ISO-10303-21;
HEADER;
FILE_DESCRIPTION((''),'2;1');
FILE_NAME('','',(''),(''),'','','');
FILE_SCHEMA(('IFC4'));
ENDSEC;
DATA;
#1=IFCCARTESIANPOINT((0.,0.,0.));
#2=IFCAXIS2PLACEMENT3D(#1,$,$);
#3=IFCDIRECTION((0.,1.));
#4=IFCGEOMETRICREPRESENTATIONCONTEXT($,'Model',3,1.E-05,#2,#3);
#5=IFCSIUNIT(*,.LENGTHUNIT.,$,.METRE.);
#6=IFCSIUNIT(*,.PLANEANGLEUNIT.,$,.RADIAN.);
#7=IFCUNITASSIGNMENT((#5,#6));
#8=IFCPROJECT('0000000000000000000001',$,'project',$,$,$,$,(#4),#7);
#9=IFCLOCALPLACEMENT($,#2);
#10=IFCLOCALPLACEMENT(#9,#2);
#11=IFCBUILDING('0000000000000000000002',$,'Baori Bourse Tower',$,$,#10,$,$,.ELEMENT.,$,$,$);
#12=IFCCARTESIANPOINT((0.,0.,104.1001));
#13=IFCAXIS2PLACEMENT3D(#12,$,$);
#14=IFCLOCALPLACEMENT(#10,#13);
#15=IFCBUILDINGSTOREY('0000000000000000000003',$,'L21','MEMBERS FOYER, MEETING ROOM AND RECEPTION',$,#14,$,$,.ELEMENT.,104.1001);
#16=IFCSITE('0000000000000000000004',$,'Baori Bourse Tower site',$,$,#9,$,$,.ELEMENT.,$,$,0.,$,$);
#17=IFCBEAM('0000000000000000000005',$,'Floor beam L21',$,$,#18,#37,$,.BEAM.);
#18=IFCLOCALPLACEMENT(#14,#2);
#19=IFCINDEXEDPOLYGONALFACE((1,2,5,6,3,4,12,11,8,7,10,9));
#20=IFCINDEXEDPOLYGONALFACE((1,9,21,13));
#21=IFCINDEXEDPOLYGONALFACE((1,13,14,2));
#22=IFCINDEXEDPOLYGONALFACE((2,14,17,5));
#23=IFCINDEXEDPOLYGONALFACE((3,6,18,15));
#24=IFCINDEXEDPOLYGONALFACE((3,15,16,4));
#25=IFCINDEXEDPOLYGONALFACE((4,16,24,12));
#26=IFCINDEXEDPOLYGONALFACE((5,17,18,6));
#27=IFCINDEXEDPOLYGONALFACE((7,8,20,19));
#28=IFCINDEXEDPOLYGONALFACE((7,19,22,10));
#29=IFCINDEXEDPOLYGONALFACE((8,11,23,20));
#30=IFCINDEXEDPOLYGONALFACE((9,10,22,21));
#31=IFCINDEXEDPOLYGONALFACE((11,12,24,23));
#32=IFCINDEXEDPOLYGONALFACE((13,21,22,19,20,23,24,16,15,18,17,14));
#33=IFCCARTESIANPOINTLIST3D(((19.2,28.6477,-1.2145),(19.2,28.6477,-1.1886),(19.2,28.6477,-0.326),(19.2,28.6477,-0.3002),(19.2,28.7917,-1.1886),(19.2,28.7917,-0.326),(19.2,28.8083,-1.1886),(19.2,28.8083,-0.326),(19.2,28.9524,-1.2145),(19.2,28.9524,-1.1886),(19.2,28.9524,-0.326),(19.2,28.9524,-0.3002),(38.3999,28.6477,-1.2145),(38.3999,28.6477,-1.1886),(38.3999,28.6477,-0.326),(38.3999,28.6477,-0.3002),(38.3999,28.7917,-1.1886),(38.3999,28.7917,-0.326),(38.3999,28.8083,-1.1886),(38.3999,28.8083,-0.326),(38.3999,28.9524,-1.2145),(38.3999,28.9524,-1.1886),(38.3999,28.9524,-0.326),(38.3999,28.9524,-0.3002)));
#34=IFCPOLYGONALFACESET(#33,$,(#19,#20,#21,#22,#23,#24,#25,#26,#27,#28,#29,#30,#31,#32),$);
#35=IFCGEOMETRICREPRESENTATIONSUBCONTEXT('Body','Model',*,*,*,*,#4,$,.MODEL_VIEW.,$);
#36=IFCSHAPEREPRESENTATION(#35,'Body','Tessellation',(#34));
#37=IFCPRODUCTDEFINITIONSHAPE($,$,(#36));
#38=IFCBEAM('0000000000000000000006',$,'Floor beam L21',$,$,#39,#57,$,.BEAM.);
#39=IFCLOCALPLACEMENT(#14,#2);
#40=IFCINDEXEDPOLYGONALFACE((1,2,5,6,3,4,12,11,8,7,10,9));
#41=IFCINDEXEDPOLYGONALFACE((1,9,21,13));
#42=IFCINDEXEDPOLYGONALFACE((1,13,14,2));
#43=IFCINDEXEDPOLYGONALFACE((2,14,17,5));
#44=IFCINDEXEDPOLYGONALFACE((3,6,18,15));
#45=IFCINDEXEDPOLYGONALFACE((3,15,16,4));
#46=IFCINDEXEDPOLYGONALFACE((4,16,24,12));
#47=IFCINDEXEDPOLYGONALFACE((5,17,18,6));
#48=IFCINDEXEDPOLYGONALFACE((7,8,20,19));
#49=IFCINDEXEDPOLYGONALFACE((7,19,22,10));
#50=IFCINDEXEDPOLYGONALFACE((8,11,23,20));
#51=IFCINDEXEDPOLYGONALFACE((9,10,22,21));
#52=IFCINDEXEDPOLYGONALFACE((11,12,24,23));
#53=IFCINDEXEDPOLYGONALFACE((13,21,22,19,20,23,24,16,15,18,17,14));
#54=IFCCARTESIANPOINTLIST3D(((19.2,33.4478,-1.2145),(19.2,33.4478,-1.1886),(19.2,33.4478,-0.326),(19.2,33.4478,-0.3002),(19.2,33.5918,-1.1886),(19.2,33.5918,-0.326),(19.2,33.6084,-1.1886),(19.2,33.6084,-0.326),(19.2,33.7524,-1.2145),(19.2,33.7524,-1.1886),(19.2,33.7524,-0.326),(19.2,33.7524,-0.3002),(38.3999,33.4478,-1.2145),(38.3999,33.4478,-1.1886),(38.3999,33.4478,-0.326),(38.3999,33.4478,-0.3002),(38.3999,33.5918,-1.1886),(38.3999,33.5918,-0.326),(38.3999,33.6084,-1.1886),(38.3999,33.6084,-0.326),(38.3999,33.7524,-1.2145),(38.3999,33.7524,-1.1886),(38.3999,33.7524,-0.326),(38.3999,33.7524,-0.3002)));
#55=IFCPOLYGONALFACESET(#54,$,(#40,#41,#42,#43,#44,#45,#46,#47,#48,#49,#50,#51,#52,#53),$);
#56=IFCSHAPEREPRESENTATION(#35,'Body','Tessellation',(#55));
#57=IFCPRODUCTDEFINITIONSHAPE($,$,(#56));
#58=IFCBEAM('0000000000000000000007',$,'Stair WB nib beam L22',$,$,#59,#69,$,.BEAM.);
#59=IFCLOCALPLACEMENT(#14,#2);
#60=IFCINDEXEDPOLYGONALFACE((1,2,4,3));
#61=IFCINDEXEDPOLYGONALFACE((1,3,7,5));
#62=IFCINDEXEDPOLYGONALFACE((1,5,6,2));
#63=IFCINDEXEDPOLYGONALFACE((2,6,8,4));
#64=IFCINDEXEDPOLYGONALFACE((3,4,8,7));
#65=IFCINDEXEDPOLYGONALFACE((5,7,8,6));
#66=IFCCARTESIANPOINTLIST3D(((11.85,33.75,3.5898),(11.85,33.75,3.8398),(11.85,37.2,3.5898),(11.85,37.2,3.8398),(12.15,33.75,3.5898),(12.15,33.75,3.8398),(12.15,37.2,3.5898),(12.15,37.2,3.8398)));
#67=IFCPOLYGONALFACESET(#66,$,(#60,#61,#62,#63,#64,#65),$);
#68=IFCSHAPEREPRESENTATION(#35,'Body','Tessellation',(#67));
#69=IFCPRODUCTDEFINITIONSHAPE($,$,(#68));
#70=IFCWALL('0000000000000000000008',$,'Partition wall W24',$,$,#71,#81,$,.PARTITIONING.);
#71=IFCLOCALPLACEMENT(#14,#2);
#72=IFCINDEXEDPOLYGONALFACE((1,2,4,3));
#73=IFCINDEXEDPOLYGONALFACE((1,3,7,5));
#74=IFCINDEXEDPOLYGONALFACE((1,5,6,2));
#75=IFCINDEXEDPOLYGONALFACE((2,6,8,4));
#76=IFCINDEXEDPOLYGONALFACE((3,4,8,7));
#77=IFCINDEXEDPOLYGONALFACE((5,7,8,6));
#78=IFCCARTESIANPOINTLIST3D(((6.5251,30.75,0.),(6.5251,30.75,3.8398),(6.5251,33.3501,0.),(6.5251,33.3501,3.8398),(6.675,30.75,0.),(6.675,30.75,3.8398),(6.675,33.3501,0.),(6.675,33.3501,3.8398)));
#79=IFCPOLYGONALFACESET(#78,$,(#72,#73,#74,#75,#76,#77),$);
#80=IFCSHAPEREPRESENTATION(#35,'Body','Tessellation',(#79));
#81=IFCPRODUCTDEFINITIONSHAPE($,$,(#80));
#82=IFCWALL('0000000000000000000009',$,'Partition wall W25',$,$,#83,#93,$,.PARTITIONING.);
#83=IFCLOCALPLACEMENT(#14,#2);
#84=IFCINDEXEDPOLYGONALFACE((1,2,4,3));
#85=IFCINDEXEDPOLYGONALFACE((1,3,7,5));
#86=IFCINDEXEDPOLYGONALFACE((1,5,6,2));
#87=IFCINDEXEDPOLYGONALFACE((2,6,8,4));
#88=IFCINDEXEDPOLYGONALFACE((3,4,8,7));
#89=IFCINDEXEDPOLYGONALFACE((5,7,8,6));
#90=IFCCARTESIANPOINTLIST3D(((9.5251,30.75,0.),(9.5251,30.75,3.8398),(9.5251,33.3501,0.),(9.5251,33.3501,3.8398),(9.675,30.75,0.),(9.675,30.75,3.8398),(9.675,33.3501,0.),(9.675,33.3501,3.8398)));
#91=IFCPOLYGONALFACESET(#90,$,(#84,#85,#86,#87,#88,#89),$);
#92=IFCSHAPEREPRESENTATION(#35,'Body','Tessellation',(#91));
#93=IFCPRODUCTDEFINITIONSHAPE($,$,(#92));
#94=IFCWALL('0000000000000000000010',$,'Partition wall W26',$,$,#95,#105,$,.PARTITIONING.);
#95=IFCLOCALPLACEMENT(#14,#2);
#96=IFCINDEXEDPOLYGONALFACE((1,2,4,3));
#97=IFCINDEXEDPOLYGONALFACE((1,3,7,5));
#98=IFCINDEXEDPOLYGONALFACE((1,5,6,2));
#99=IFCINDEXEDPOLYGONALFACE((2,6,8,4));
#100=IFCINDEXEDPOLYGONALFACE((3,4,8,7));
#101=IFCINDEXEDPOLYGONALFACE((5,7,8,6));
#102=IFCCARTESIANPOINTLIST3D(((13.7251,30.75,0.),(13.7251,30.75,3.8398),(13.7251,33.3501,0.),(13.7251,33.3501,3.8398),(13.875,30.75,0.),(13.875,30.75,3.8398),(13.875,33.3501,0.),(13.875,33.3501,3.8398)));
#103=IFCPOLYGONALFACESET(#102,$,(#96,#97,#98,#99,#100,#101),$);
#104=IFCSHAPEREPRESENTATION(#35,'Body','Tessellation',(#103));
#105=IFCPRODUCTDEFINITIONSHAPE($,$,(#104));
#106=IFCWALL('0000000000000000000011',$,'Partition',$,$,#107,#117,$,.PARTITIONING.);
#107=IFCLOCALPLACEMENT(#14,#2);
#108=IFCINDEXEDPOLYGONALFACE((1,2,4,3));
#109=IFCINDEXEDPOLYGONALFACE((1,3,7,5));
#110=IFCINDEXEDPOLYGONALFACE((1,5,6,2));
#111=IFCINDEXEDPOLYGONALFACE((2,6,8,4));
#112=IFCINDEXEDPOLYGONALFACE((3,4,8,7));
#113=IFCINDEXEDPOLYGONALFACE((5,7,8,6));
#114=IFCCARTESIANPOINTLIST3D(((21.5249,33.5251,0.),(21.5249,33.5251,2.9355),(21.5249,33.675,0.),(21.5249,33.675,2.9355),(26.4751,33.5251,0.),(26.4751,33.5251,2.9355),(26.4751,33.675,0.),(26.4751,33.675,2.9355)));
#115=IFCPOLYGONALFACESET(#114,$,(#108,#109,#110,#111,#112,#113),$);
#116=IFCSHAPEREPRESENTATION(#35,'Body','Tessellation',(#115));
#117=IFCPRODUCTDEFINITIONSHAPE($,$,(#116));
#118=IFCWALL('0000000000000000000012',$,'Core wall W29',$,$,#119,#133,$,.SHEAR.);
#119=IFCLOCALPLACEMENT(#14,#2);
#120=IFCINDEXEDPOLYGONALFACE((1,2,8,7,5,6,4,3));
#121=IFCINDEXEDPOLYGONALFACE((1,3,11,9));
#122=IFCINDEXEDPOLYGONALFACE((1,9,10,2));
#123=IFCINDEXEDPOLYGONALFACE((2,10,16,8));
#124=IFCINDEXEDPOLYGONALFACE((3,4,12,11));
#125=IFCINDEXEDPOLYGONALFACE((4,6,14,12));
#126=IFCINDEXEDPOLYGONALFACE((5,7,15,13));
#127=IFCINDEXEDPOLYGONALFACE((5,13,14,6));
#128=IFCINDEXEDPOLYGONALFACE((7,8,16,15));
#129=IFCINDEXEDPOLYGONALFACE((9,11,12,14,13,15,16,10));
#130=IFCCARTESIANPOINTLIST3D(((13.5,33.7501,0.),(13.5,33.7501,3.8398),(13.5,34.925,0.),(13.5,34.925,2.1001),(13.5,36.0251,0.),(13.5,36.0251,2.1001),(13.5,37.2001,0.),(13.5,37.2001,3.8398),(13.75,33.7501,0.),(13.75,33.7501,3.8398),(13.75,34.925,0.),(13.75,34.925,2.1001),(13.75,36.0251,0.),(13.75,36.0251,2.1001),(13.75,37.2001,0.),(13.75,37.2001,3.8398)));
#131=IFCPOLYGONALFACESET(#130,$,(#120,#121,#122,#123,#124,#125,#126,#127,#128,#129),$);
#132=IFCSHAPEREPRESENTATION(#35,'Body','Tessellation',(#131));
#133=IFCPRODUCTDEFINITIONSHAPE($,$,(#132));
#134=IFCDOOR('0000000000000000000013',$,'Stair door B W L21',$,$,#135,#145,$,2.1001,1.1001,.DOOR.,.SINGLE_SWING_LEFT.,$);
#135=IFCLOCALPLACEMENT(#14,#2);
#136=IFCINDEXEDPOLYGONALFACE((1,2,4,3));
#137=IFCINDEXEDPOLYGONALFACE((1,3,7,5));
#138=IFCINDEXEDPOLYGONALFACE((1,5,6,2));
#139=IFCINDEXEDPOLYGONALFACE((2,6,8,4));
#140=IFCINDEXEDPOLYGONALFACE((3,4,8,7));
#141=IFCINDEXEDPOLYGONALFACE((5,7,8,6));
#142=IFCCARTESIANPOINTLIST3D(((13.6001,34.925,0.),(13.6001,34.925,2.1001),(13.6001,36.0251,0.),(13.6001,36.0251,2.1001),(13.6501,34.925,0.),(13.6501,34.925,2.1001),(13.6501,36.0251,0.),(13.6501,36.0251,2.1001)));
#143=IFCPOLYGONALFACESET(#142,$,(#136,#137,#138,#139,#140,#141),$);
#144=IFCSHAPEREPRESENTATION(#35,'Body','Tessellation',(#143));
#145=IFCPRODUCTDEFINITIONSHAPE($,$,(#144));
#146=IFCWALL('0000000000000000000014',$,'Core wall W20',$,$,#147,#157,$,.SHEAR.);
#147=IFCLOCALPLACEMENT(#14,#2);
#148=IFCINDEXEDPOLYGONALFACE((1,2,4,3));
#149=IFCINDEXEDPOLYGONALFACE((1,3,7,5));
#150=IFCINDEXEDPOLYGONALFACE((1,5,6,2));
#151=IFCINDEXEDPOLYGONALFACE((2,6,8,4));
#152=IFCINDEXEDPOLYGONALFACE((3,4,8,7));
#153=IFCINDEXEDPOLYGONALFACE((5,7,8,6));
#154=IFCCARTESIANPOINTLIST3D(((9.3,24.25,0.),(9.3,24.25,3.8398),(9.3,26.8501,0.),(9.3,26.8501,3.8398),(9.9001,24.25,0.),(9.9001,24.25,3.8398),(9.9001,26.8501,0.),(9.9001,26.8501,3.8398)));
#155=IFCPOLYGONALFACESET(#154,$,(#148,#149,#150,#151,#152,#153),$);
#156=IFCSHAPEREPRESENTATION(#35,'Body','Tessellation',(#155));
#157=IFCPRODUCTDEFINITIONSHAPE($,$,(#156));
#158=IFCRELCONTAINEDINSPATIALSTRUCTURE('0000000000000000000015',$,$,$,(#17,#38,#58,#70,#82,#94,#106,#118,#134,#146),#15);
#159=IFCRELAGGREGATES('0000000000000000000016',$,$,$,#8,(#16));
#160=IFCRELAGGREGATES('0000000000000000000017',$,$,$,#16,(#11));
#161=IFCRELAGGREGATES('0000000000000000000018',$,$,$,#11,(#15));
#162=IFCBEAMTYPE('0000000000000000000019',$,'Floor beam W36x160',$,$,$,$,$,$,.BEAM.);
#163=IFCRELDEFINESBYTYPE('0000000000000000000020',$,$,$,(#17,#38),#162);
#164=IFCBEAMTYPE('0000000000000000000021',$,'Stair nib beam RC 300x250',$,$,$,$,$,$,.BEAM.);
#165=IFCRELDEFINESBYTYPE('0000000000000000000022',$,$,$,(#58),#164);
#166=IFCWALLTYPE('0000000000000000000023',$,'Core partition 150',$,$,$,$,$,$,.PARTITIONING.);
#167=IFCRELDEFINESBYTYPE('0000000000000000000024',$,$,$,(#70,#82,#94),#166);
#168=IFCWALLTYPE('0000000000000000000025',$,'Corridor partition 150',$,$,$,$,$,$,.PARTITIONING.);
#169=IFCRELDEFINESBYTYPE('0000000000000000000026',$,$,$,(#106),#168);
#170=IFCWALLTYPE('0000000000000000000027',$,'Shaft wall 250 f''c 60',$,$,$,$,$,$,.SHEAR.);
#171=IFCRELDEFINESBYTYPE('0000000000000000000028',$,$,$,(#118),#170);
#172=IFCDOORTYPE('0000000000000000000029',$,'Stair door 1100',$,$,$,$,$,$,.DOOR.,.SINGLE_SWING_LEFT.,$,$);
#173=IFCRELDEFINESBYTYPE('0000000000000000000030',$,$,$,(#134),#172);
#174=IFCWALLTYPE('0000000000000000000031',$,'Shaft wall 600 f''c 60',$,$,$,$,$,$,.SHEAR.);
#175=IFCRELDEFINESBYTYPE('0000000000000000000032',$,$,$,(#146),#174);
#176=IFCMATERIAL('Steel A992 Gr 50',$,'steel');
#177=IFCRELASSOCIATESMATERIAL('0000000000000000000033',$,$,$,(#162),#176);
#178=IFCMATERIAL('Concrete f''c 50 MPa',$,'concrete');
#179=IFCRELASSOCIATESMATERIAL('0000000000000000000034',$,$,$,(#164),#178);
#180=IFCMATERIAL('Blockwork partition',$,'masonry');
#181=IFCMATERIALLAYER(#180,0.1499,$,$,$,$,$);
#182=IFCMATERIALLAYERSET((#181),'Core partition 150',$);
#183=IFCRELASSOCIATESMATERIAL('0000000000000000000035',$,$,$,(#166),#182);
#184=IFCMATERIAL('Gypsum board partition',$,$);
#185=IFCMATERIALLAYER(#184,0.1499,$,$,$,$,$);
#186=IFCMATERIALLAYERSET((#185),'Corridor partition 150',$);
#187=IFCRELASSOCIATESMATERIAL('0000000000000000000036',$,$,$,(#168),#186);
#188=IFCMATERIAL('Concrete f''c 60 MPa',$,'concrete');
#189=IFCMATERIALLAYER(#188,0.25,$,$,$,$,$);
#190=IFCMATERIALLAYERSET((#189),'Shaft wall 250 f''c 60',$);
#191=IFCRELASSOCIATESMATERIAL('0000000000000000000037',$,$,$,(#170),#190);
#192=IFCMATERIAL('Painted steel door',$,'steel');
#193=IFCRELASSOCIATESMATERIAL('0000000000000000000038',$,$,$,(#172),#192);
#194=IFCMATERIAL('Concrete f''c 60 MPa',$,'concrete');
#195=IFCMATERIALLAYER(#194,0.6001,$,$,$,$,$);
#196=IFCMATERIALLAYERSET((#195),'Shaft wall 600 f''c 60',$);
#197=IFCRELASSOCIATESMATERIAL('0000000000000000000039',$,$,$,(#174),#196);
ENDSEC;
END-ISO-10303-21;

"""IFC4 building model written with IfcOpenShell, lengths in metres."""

from ifc_helpers import new_model, si_unit, direction, frame, frame_2d, origin, origin_2d, place, context, subcontext, project, spatial, rectangle, i_section, extrude, material, layer, layer_set, material_profile, profile_set, type_object, element, fill, save


model = new_model("IFC4")

# Units and contexts
model_context = context("Model", 3, precision=1e-05, world=origin(), true_north=direction((0.0, 1.0)))
body_context = subcontext(model_context, "Body", "Model", "MODEL_VIEW")
ifc_project = project(units=[si_unit("LENGTHUNIT", "METRE"), si_unit("PLANEANGLEUNIT", "RADIAN")], contexts=[model_context])

# Site, building, storey
site_placement = place(None, origin())
site = spatial("IfcSite", under=ifc_project, at=site_placement, Name="Baori Bourse Tower site", CompositionType="ELEMENT", RefElevation=0.0)
building_placement = place(site_placement, origin())
building = spatial("IfcBuilding", under=site, at=building_placement, Name="Baori Bourse Tower", CompositionType="ELEMENT")
storey_placement = place(building_placement, frame((0.0, 0.0, 104.1001)))
storey = spatial("IfcBuildingStorey", under=building, at=storey_placement, Name="L21", Description="MEMBERS FOYER, MEETING ROOM AND RECEPTION", CompositionType="ELEMENT", Elevation=104.1001)

# Beams
ifc_material_1 = material(Name="Steel A992 Gr 50", Category="steel")
ifc_material_profile_1 = material_profile(ifc_material_1, i_section(OverallWidth=0.3047, OverallDepth=0.9143, WebThickness=0.0166, FlangeThickness=0.0259, at=origin_2d()), Name="W36x160")
ifc_profile_set_1 = profile_set([ifc_material_profile_1], Name="Steel A992 Gr 50")
beam_type_1 = type_object("IfcBeamType", Name="Floor beam W36x160", PredefinedType="BEAM", material=ifc_profile_set_1)
for number, where, z_axis, x_axis, name in (
    (1, (19.2, 28.8, -0.7573), (1.0, 0.0, 0.0), (0.0, 1.0, 0.0), "Floor beam L21"),
    (2, (19.2, 33.6001, -0.7573), (1.0, 0.0, 0.0), (0.0, 1.0, 0.0), "Floor beam L21"),
):
    element("IfcBeam", number, at=place(storey_placement, frame(where, z_axis=z_axis, x_axis=x_axis)), inside=storey, type_object=beam_type_1, Name=name, PredefinedType="BEAM", context=body_context, shape_type="SweptSolid", body=[
        extrude(i_section(OverallWidth=0.3047, OverallDepth=0.9143, WebThickness=0.0166, FlangeThickness=0.0259, at=origin_2d()), origin(), (0.0, 0.0, 1.0), 19.2),
    ])
ifc_material_2 = material(Name="Concrete f'c 50 MPa", Category="concrete")
ifc_material_profile_2 = material_profile(ifc_material_2, rectangle(XDim=0.3, YDim=0.25, at=origin_2d()), Name="RC 300x250")
ifc_profile_set_2 = profile_set([ifc_material_profile_2], Name="Concrete f'c 50 MPa")
beam_type_2 = type_object("IfcBeamType", Name="Stair nib beam RC 300x250", PredefinedType="BEAM", material=ifc_profile_set_2)
beam_placement = place(storey_placement, frame((12.0, 33.75, 3.7148), z_axis=(0.0, 1.0, 0.0), x_axis=(-1.0, 0.0, 0.0)))
element("IfcBeam", 3, at=beam_placement, inside=storey, type_object=beam_type_2, Name="Stair WB nib beam L22", PredefinedType="BEAM", context=body_context, shape_type="SweptSolid", body=[
    extrude(rectangle(XDim=0.3, YDim=0.25, at=origin_2d()), origin(), (0.0, 0.0, 1.0), 3.45),
])

# Walls
ifc_material_3 = material(Name="Blockwork partition", Category="masonry")
ifc_layer_1 = layer(ifc_material_3, 0.1499)
ifc_layer_set_1 = layer_set([ifc_layer_1], Name="Core partition 150")
wall_type_1 = type_object("IfcWallType", Name="Core partition 150", PredefinedType="PARTITIONING", material=ifc_layer_set_1)
for number, where, z_axis, x_axis, name in (
    (4, (6.6001, 30.75, 0.0), (0.0, 0.0, 1.0), (0.0, 1.0, 0.0), "Partition wall W24"),
    (5, (9.6001, 30.75, 0.0), (0.0, 0.0, 1.0), (0.0, 1.0, 0.0), "Partition wall W25"),
    (6, (13.8, 30.75, 0.0), (0.0, 0.0, 1.0), (0.0, 1.0, 0.0), "Partition wall W26"),
):
    element("IfcWall", number, at=place(storey_placement, frame(where, z_axis=z_axis, x_axis=x_axis)), inside=storey, type_object=wall_type_1, Name=name, PredefinedType="PARTITIONING", context=body_context, shape_type="SweptSolid", body=[
        extrude(rectangle(XDim=2.6001, YDim=0.1499, at=frame_2d((1.3, 0.0))), origin(), (0.0, 0.0, 1.0), 3.8398),
    ])
ifc_material_4 = material(Name="Gypsum board partition")
ifc_layer_2 = layer(ifc_material_4, 0.1499)
ifc_layer_set_2 = layer_set([ifc_layer_2], Name="Corridor partition 150")
wall_type_2 = type_object("IfcWallType", Name="Corridor partition 150", PredefinedType="PARTITIONING", material=ifc_layer_set_2)
wall_1_placement = place(storey_placement, frame((21.5249, 33.6001, 0.0), z_axis=(0.0, 0.0, 1.0), x_axis=(1.0, 0.0, 0.0)))
element("IfcWall", 7, at=wall_1_placement, inside=storey, type_object=wall_type_2, Name="Partition", PredefinedType="PARTITIONING", context=body_context, shape_type="SweptSolid", body=[
    extrude(rectangle(XDim=4.9502, YDim=0.1499, at=frame_2d((2.4751, 0.0))), origin(), (0.0, 0.0, 1.0), 2.9355),
])

# Wall, opening, door
ifc_material_5 = material(Name="Concrete f'c 60 MPa", Category="concrete")
ifc_layer_3 = layer(ifc_material_5, 0.25)
ifc_layer_set_3 = layer_set([ifc_layer_3], Name="Shaft wall 250 f'c 60")
wall_type_3 = type_object("IfcWallType", Name="Shaft wall 250 f'c 60", PredefinedType="SHEAR", material=ifc_layer_set_3)
wall_2_placement = place(storey_placement, frame((13.625, 33.75, 0.0), z_axis=(0.0, 0.0, 1.0), x_axis=(0.0, 1.0, 0.0)))
wall_2 = element("IfcWall", 8, at=wall_2_placement, inside=storey, type_object=wall_type_3, Name="Core wall W29", PredefinedType="SHEAR", context=body_context, shape_type="SweptSolid", body=[
    extrude(rectangle(XDim=3.45, YDim=0.25, at=frame_2d((1.7251, 0.0))), origin(), (0.0, 0.0, 1.0), 3.8398),
])
opening_placement = place(wall_2_placement, frame((1.175, 0.0, 0.0)))
opening = element("IfcOpeningElement", 9, at=opening_placement, cuts=wall_2, PredefinedType="OPENING", context=body_context, shape_type="SweptSolid", body=[
    extrude(rectangle(XDim=1.1001, YDim=2.1001, at=frame_2d((0.55, 1.05))), frame((0.0, 0.135, 0.0), z_axis=(0.0, -1.0, 0.0), x_axis=(1.0, 0.0, 0.0)), (0.0, 0.0, 1.0), 0.27),
])
ifc_material_6 = material(Name="Painted steel door", Category="steel")
door_type = type_object("IfcDoorType", Name="Stair door 1100", OperationType="SINGLE_SWING_LEFT", PredefinedType="DOOR", material=ifc_material_6)
door_placement = place(opening_placement, origin())
door = element("IfcDoor", 10, at=door_placement, inside=storey, type_object=door_type, Name="Stair door B W L21", OperationType="SINGLE_SWING_LEFT", OverallHeight=2.1001, OverallWidth=1.1001, PredefinedType="DOOR", context=body_context, shape_type="SweptSolid", body=[
    extrude(rectangle(XDim=1.1001, YDim=2.1001, at=frame_2d((0.55, 1.05))), frame((0.0, 0.0249, 0.0), z_axis=(0.0, -1.0, 0.0), x_axis=(1.0, 0.0, 0.0)), (0.0, 0.0, 1.0), 0.05),
])
fill(opening, door)

# Wall
ifc_material_7 = material(Name="Concrete f'c 60 MPa", Category="concrete")
ifc_layer_4 = layer(ifc_material_7, 0.6001)
ifc_layer_set_4 = layer_set([ifc_layer_4], Name="Shaft wall 600 f'c 60")
wall_type_4 = type_object("IfcWallType", Name="Shaft wall 600 f'c 60", PredefinedType="SHEAR", material=ifc_layer_set_4)
wall_3_placement = place(storey_placement, frame((9.6001, 24.25, 0.0), z_axis=(0.0, 0.0, 1.0), x_axis=(0.0, 1.0, 0.0)))
element("IfcWall", 11, at=wall_3_placement, inside=storey, type_object=wall_type_4, Name="Core wall W20", PredefinedType="SHEAR", context=body_context, shape_type="SweptSolid", body=[
    extrude(rectangle(XDim=2.6001, YDim=0.6001, at=frame_2d((1.3, 0.0))), origin(), (0.0, 0.0, 1.0), 3.8398),
])

save(model, "model.ifc")
